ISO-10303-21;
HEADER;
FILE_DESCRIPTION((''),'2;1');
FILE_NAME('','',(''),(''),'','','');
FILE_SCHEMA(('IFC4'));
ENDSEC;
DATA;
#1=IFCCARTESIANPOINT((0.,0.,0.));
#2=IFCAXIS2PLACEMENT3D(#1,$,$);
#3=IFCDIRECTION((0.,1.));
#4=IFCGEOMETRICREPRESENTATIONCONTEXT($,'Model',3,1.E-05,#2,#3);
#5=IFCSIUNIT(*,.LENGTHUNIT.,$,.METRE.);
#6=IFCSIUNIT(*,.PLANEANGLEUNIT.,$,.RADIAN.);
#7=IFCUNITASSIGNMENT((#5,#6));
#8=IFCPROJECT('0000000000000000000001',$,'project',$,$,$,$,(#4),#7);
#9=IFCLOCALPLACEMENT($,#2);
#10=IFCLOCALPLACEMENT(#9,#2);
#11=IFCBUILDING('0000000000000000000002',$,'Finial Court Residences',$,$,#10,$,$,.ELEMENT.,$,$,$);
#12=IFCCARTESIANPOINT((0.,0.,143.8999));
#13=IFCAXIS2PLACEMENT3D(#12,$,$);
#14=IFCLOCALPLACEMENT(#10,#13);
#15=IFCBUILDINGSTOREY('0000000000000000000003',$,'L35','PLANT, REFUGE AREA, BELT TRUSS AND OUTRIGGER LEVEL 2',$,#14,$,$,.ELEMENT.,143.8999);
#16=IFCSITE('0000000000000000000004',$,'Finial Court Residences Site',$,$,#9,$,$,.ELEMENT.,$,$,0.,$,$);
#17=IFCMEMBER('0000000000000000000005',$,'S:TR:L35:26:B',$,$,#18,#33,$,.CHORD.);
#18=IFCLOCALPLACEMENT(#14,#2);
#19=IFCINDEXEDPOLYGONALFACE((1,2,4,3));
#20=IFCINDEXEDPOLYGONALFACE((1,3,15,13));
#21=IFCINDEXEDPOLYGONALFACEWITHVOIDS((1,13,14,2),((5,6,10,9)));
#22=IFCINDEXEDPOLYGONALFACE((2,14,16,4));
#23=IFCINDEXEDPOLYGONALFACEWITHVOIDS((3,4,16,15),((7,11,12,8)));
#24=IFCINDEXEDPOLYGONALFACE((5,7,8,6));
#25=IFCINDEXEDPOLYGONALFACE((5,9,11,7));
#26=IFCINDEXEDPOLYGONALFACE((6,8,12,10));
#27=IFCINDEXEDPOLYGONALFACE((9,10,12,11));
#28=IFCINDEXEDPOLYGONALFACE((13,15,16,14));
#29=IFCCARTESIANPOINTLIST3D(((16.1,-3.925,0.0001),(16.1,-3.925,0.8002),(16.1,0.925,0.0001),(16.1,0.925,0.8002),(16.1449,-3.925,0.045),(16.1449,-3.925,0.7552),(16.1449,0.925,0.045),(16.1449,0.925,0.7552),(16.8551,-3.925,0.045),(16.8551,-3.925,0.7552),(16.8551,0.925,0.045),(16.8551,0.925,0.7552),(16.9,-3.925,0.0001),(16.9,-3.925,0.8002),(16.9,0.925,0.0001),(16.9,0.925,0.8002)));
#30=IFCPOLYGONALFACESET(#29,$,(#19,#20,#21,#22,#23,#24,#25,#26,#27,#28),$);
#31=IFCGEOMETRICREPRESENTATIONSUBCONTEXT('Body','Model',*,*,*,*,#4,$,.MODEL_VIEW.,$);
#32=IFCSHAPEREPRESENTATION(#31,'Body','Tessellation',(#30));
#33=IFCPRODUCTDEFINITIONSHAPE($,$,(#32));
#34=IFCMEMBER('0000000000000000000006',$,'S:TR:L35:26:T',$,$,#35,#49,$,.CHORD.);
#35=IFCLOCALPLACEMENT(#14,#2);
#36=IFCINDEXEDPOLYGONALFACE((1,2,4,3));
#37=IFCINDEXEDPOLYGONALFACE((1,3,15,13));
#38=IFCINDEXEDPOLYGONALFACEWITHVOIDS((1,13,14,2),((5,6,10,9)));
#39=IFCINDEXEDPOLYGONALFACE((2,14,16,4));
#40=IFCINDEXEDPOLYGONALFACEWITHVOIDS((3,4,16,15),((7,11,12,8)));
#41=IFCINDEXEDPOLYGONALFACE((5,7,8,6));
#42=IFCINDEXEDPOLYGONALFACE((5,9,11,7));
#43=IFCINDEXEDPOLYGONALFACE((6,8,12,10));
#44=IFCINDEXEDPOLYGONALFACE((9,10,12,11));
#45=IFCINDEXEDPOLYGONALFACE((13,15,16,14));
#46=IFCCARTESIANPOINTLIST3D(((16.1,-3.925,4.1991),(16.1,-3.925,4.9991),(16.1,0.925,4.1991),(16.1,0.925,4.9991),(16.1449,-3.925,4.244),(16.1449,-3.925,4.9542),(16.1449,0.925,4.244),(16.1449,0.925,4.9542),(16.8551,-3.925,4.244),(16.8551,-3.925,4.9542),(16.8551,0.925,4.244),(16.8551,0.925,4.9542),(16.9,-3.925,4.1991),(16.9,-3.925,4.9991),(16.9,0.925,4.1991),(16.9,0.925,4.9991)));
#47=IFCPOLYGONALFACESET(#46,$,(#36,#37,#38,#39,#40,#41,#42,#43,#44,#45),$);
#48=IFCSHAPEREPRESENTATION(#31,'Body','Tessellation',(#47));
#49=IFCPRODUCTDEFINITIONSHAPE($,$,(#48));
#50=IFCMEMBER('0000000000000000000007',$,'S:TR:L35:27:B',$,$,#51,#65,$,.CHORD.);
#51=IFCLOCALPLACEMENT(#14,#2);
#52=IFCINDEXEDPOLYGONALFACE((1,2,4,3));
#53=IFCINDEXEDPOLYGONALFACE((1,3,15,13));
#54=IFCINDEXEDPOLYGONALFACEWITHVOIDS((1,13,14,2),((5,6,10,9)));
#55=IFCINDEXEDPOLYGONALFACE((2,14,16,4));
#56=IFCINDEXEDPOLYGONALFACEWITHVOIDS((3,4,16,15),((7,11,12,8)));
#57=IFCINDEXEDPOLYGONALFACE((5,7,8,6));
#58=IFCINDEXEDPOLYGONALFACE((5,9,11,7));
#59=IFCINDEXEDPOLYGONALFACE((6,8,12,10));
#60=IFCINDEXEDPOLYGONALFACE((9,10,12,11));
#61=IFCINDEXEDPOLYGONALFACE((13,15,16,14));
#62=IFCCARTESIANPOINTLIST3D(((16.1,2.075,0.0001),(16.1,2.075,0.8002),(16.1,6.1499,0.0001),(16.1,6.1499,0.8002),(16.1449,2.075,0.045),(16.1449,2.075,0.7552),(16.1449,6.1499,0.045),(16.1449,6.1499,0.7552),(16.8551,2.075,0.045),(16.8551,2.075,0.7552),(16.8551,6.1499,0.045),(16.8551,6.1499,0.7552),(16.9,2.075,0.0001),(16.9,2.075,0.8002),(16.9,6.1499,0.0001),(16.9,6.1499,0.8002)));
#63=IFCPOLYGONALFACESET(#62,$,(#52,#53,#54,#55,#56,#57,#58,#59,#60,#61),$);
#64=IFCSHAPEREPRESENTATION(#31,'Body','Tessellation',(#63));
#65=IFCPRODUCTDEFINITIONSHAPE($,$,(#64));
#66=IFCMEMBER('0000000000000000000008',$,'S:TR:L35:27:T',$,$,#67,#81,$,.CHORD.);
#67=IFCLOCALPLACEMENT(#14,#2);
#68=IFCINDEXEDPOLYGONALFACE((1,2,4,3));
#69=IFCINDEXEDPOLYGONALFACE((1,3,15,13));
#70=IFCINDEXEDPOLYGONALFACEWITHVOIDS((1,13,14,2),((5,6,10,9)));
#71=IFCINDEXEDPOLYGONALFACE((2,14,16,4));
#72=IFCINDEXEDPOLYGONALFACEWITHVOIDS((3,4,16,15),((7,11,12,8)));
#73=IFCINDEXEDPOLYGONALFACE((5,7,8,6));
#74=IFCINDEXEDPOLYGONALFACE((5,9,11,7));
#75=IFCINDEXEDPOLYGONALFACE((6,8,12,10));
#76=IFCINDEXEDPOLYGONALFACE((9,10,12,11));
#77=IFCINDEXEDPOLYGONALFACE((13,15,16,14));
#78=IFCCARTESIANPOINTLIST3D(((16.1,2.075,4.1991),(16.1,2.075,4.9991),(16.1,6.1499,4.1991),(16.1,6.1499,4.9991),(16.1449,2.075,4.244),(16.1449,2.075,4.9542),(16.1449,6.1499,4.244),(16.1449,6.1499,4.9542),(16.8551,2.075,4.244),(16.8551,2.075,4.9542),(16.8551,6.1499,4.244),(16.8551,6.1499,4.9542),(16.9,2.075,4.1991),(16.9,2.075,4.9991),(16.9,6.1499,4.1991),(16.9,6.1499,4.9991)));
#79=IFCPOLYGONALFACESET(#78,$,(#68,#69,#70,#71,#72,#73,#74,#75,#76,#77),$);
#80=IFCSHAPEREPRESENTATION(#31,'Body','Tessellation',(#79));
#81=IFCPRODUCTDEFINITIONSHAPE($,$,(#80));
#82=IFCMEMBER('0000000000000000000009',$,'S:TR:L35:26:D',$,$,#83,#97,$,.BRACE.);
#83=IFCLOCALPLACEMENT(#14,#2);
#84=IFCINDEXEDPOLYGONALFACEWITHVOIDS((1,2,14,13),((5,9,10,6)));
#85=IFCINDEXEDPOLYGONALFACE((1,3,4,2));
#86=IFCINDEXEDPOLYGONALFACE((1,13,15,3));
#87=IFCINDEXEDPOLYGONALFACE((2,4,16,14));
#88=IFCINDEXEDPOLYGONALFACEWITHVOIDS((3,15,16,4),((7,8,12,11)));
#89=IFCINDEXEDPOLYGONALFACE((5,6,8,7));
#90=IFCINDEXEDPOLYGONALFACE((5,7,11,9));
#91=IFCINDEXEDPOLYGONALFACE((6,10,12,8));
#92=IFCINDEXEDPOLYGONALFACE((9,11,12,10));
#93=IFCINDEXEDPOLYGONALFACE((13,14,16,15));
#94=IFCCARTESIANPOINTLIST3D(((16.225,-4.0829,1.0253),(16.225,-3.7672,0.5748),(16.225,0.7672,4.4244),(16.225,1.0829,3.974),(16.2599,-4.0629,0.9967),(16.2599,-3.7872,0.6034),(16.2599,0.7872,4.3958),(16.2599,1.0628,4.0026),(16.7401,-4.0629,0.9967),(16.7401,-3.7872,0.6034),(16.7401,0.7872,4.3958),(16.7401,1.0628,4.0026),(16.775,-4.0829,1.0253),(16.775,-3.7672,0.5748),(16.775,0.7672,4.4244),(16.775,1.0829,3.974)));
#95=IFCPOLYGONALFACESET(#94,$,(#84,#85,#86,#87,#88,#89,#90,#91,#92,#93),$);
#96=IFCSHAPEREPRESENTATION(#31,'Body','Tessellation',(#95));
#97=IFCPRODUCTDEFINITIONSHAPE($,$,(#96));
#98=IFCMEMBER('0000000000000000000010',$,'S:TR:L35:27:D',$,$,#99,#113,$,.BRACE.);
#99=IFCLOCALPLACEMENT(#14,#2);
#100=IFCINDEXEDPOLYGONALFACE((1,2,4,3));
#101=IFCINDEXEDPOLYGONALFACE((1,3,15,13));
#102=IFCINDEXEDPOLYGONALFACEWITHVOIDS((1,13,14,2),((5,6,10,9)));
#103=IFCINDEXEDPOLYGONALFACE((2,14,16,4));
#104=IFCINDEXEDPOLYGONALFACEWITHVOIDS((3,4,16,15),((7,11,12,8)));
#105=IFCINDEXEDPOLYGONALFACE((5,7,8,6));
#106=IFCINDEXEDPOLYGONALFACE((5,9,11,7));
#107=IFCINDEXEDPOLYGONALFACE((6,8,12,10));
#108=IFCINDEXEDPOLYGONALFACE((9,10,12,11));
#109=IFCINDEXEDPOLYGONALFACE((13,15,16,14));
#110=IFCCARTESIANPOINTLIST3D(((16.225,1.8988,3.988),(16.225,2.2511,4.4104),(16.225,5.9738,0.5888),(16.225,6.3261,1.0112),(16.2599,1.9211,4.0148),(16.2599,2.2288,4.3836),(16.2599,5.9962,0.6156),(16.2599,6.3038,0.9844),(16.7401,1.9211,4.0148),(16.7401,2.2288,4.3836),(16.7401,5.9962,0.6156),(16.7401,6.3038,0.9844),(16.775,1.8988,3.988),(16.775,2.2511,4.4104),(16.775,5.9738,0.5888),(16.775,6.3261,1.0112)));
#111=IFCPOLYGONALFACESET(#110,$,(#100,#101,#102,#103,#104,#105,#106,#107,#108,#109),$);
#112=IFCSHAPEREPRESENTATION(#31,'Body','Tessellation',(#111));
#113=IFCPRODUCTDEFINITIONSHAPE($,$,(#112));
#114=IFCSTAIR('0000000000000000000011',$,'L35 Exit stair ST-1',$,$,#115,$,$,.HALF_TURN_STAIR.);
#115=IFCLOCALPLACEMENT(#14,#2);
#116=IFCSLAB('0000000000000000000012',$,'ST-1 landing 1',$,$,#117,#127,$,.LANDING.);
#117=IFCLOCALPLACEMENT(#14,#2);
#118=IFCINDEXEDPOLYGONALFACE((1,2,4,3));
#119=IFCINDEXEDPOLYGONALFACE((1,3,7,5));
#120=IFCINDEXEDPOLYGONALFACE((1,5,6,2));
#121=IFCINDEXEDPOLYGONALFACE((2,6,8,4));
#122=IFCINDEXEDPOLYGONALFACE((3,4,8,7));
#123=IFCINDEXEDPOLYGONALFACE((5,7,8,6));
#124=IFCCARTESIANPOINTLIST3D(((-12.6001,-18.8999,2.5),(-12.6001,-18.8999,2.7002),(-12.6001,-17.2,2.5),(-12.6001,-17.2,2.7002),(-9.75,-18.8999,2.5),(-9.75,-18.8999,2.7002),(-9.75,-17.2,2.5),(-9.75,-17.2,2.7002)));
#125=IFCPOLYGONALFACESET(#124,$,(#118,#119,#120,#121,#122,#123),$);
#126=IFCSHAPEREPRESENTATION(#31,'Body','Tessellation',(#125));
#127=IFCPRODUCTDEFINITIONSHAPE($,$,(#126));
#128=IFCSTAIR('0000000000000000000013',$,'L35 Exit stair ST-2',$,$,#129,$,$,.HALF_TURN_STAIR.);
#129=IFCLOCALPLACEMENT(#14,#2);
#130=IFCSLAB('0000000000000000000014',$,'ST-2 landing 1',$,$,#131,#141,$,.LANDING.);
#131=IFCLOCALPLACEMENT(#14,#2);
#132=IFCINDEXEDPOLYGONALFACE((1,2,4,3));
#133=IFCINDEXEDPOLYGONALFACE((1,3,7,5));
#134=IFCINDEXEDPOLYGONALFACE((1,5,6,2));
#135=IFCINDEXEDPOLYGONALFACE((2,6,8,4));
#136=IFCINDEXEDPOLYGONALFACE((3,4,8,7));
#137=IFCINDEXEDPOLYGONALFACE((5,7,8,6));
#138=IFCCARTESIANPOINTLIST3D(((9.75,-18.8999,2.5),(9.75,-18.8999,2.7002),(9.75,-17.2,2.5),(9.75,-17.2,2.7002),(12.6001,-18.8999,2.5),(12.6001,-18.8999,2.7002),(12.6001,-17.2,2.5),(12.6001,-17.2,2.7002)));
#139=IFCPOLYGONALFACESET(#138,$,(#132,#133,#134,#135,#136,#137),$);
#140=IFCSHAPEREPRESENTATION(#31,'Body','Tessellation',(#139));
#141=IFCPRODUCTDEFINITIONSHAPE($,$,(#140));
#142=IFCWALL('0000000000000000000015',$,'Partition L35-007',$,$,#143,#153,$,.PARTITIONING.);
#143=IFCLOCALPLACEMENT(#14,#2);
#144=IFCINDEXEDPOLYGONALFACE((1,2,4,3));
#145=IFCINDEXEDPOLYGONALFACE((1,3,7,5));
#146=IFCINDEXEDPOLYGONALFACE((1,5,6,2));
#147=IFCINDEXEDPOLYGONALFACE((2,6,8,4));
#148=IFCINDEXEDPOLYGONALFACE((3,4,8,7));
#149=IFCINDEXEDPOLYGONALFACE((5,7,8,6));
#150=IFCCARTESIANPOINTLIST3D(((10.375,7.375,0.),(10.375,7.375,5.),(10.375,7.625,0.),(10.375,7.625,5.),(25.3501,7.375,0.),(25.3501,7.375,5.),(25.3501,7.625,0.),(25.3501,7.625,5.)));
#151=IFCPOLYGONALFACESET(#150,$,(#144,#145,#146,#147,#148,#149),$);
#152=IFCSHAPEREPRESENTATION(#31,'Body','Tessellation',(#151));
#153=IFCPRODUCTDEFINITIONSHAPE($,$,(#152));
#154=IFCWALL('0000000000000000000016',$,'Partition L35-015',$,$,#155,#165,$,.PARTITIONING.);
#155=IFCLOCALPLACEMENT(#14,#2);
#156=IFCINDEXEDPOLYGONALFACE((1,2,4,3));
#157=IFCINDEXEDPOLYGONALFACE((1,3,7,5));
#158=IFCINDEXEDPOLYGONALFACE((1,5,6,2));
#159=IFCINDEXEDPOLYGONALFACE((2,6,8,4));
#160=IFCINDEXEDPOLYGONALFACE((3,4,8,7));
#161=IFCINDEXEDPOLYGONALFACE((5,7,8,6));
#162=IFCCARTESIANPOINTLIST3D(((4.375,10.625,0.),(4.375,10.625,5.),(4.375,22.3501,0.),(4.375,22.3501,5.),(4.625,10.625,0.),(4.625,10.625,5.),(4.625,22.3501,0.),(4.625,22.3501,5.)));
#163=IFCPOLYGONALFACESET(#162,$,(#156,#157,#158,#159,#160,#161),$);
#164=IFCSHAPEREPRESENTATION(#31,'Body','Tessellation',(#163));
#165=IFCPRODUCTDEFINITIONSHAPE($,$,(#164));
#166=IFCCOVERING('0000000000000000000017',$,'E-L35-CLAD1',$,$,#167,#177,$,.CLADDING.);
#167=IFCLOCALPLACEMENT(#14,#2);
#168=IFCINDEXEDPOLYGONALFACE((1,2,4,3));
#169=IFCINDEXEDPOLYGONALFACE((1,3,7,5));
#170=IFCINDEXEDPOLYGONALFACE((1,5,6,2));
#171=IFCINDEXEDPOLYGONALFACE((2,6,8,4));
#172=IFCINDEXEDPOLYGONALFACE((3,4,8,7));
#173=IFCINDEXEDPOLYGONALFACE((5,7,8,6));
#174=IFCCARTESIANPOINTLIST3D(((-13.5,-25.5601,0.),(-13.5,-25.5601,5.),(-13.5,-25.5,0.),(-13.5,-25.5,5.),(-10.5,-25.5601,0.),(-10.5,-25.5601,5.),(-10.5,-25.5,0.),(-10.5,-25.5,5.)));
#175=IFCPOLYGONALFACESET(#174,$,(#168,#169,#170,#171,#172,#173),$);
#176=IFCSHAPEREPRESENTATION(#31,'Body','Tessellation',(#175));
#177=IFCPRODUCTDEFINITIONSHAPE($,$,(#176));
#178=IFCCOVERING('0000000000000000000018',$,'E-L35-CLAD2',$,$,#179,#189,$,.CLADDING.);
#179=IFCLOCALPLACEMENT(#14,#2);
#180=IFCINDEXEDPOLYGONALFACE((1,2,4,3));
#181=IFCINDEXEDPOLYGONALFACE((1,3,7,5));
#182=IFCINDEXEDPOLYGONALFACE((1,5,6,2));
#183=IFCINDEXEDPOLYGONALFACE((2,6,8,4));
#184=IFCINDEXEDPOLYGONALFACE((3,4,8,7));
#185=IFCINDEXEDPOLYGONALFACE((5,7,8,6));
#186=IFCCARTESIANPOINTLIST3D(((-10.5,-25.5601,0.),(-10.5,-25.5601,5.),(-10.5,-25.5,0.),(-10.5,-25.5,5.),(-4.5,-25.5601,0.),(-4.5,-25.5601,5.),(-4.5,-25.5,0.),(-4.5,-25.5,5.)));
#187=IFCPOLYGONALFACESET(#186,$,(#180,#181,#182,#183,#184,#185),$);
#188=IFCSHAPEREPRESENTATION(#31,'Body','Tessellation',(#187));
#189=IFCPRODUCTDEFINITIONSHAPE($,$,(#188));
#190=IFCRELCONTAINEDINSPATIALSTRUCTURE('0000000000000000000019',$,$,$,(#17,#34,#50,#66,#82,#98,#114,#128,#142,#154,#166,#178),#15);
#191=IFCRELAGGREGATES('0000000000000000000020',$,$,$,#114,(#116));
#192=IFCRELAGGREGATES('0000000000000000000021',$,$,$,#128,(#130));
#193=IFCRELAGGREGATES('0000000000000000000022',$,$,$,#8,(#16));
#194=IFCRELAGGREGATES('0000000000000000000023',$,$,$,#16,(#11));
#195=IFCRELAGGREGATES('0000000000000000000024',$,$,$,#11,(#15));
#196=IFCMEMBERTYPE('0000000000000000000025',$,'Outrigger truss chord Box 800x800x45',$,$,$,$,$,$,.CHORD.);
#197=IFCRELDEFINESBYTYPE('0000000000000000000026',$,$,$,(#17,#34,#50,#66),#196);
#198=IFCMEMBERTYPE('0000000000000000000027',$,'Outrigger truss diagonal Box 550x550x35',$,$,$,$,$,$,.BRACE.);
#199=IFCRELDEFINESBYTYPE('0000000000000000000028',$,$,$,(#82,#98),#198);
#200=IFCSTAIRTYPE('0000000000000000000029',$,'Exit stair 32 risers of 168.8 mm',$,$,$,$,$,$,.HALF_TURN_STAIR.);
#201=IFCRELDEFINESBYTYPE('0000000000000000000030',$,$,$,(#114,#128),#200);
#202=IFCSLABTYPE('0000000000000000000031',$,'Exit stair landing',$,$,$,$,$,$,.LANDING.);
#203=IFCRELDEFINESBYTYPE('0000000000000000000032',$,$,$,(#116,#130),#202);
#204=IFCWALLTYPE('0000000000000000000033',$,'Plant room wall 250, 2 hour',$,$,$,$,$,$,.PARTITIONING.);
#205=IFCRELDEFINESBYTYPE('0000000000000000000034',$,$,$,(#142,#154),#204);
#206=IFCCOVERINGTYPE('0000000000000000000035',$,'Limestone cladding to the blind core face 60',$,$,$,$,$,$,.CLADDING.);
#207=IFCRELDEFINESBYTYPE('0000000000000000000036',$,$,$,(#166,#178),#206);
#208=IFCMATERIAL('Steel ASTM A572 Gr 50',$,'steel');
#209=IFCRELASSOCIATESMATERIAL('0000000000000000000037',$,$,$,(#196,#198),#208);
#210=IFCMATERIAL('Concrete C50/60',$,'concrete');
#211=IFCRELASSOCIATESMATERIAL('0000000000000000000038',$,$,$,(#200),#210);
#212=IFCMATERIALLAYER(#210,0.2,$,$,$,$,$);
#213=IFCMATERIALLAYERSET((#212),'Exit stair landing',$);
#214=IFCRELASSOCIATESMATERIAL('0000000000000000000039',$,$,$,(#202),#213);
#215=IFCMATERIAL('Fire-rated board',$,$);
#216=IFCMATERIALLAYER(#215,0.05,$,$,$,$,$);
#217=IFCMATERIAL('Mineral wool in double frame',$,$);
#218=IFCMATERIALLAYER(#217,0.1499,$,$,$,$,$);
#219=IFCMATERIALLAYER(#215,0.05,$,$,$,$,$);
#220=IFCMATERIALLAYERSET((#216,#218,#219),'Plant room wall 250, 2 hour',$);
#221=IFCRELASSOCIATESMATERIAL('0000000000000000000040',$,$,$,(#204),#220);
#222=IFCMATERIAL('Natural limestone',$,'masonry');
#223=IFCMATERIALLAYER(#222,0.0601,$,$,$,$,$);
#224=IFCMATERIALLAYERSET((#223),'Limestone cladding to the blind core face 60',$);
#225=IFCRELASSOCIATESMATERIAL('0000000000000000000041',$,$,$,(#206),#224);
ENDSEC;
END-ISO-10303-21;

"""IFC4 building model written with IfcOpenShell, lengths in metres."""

from ifc_helpers import new_model, si_unit, direction, frame, frame_2d, origin, origin_2d, place, context, subcontext, project, spatial, polyline, rectangle, hollow_rectangle, outline, extrude, material, layer, layer_set, material_profile, profile_set, type_object, element, aggregate, save


model = new_model("IFC4")

# Units and contexts
model_context = context("Model", 3, precision=1e-05, world=origin(), true_north=direction((0.0, 1.0)))
body_context = subcontext(model_context, "Body", "Model", "MODEL_VIEW")
ifc_project = project(units=[si_unit("LENGTHUNIT", "METRE"), si_unit("PLANEANGLEUNIT", "RADIAN")], contexts=[model_context])

# Site, building, storey
site_placement = place(None, origin())
site = spatial("IfcSite", under=ifc_project, at=site_placement, Name="Finial Court Residences Site", CompositionType="ELEMENT", RefElevation=0.0)
building_placement = place(site_placement, origin())
building = spatial("IfcBuilding", under=site, at=building_placement, Name="Finial Court Residences", CompositionType="ELEMENT")
storey_placement = place(building_placement, frame((0.0, 0.0, 143.8999)))
storey = spatial("IfcBuildingStorey", under=building, at=storey_placement, Name="L35", Description="PLANT, REFUGE AREA, BELT TRUSS AND OUTRIGGER LEVEL 2", CompositionType="ELEMENT", Elevation=143.8999)

# Members
ifc_material_1 = material(Name="Steel ASTM A572 Gr 50", Category="steel")
ifc_material_profile_1 = material_profile(ifc_material_1, hollow_rectangle(XDim=0.8, YDim=0.8, WallThickness=0.0449, at=origin_2d()), Name="Box 800x800x45")
ifc_profile_set_1 = profile_set([ifc_material_profile_1], Name="Steel ASTM A572 Gr 50")
member_type_1 = type_object("IfcMemberType", Name="Outrigger truss chord Box 800x800x45", PredefinedType="CHORD", material=ifc_profile_set_1)
for number, where, z_axis, x_axis, name in (
    (1, (16.5, -3.925, 0.4001), (0.0, 1.0, 0.0), (-1.0, 0.0, 0.0), "S:TR:L35:26:B"),
    (2, (16.5, -3.925, 4.5991), (0.0, 1.0, 0.0), (-1.0, 0.0, 0.0), "S:TR:L35:26:T"),
):
    element("IfcMember", number, at=place(storey_placement, frame(where, z_axis=z_axis, x_axis=x_axis)), inside=storey, type_object=member_type_1, Name=name, PredefinedType="CHORD", context=body_context, shape_type="SweptSolid", body=[
        extrude(hollow_rectangle(XDim=0.8, YDim=0.8, WallThickness=0.0449, at=origin_2d()), origin(), (0.0, 0.0, 1.0), 4.8501),
    ])
for number, where, z_axis, x_axis, name in (
    (3, (16.5, 2.075, 0.4001), (0.0, 1.0, 0.0), (-1.0, 0.0, 0.0), "S:TR:L35:27:B"),
    (4, (16.5, 2.075, 4.5991), (0.0, 1.0, 0.0), (-1.0, 0.0, 0.0), "S:TR:L35:27:T"),
):
    element("IfcMember", number, at=place(storey_placement, frame(where, z_axis=z_axis, x_axis=x_axis)), inside=storey, type_object=member_type_1, Name=name, PredefinedType="CHORD", context=body_context, shape_type="SweptSolid", body=[
        extrude(hollow_rectangle(XDim=0.8, YDim=0.8, WallThickness=0.0449, at=origin_2d()), origin(), (0.0, 0.0, 1.0), 4.075),
    ])
ifc_material_profile_2 = material_profile(ifc_material_1, hollow_rectangle(XDim=0.55, YDim=0.55, WallThickness=0.0349, at=origin_2d()), Name="Box 550x550x35")
ifc_profile_set_2 = profile_set([ifc_material_profile_2], Name="Steel ASTM A572 Gr 50")
member_type_2 = type_object("IfcMemberType", Name="Outrigger truss diagonal Box 550x550x35", PredefinedType="BRACE", material=ifc_profile_set_2)
member_1_placement = place(storey_placement, frame((16.5, -3.925, 0.8), z_axis=(0.0, 0.818906, 0.573927), x_axis=(-1.0, 0.0, 0.0)))
element("IfcMember", 5, at=member_1_placement, inside=storey, type_object=member_type_2, Name="S:TR:L35:26:D", PredefinedType="BRACE", context=body_context, shape_type="SweptSolid", body=[
    extrude(hollow_rectangle(XDim=0.55, YDim=0.55, WallThickness=0.0349, at=origin_2d()), origin(), (0.0, 0.0, 1.0), 5.9226),
])
member_2_placement = place(storey_placement, frame((16.5, 2.075, 4.1992), z_axis=(0.0, 0.767908, -0.64056), x_axis=(-1.0, 0.0, 0.0)))
element("IfcMember", 6, at=member_2_placement, inside=storey, type_object=member_type_2, Name="S:TR:L35:27:D", PredefinedType="BRACE", context=body_context, shape_type="SweptSolid", body=[
    extrude(hollow_rectangle(XDim=0.55, YDim=0.55, WallThickness=0.0349, at=origin_2d()), origin(), (0.0, 0.0, 1.0), 5.3066),
])

# Stairs, slabs
ifc_material_2 = material(Name="Concrete C50/60", Category="concrete")
stair_type = type_object("IfcStairType", Name="Exit stair 32 risers of 168.8 mm", PredefinedType="HALF_TURN_STAIR", material=ifc_material_2)
stair_1_placement = place(storey_placement, origin())
stair_1 = element("IfcStair", 7, at=stair_1_placement, inside=storey, type_object=stair_type, Name="L35 Exit stair ST-1", PredefinedType="HALF_TURN_STAIR")
ifc_layer_1 = layer(ifc_material_2, 0.2)
ifc_layer_set_1 = layer_set([ifc_layer_1], Name="Exit stair landing")
slab_type = type_object("IfcSlabType", Name="Exit stair landing", PredefinedType="LANDING", material=ifc_layer_set_1)
slab_1_placement = place(storey_placement, frame((0.0, 0.0, 2.5)))
slab_1 = element("IfcSlab", 8, at=slab_1_placement, type_object=slab_type, Name="ST-1 landing 1", PredefinedType="LANDING", context=body_context, shape_type="SweptSolid", body=[
    extrude(outline(polyline([(-9.75, -18.8999), (-9.75, -17.2), (-12.6001, -17.2), (-12.6001, -18.8999), (-9.75, -18.8999)])), origin(), (0.0, 0.0, 1.0), 0.2002),
])
aggregate(stair_1, [slab_1])
stair_2_placement = place(storey_placement, origin())
stair_2 = element("IfcStair", 9, at=stair_2_placement, inside=storey, type_object=stair_type, Name="L35 Exit stair ST-2", PredefinedType="HALF_TURN_STAIR")
slab_2_placement = place(storey_placement, frame((0.0, 0.0, 2.5)))
slab_2 = element("IfcSlab", 10, at=slab_2_placement, type_object=slab_type, Name="ST-2 landing 1", PredefinedType="LANDING", context=body_context, shape_type="SweptSolid", body=[
    extrude(outline(polyline([(12.6001, -18.8999), (12.6001, -17.2), (9.75, -17.2), (9.75, -18.8999), (12.6001, -18.8999)])), origin(), (0.0, 0.0, 1.0), 0.2002),
])
aggregate(stair_2, [slab_2])

# Walls
ifc_material_3 = material(Name="Fire-rated board")
ifc_layer_2 = layer(ifc_material_3, 0.05)
ifc_material_4 = material(Name="Mineral wool in double frame")
ifc_layer_3 = layer(ifc_material_4, 0.1499)
ifc_layer_4 = layer(ifc_material_3, 0.05)
ifc_layer_set_2 = layer_set([ifc_layer_2, ifc_layer_3, ifc_layer_4], Name="Plant room wall 250, 2 hour")
wall_type = type_object("IfcWallType", Name="Plant room wall 250, 2 hour", PredefinedType="PARTITIONING", material=ifc_layer_set_2)
wall_1_placement = place(storey_placement, frame((10.375, 7.5, 0.0), z_axis=(0.0, 0.0, 1.0), x_axis=(1.0, 0.0, 0.0)))
element("IfcWall", 11, at=wall_1_placement, inside=storey, type_object=wall_type, Name="Partition L35-007", PredefinedType="PARTITIONING", context=body_context, shape_type="SweptSolid", body=[
    extrude(rectangle(XDim=14.9751, YDim=0.25, at=frame_2d((7.4875, 0.0))), origin(), (0.0, 0.0, 1.0), 5.0),
])
wall_2_placement = place(storey_placement, frame((4.5, 10.625, 0.0), z_axis=(0.0, 0.0, 1.0), x_axis=(0.0, 1.0, 0.0)))
element("IfcWall", 12, at=wall_2_placement, inside=storey, type_object=wall_type, Name="Partition L35-015", PredefinedType="PARTITIONING", context=body_context, shape_type="SweptSolid", body=[
    extrude(rectangle(XDim=11.7251, YDim=0.25, at=frame_2d((5.8625, 0.0))), origin(), (0.0, 0.0, 1.0), 5.0),
])

# Coverings
ifc_material_5 = material(Name="Natural limestone", Category="masonry")
ifc_layer_5 = layer(ifc_material_5, 0.0601)
ifc_layer_set_3 = layer_set([ifc_layer_5], Name="Limestone cladding to the blind core face 60")
covering_type_1 = type_object("IfcCoveringType", Name="Limestone cladding to the blind core face 60", PredefinedType="CLADDING", material=ifc_layer_set_3)
covering_1_placement = place(storey_placement, origin())
element("IfcCovering", 13, at=covering_1_placement, inside=storey, type_object=covering_type_1, Name="E-L35-CLAD1", PredefinedType="CLADDING", context=body_context, shape_type="SweptSolid", body=[
    extrude(outline(polyline([(-10.5, -25.5601), (-10.5, -25.5), (-13.5, -25.5), (-13.5, -25.5601), (-10.5, -25.5601)])), origin(), (0.0, 0.0, 1.0), 5.0),
])
covering_2_placement = place(storey_placement, origin())
element("IfcCovering", 14, at=covering_2_placement, inside=storey, type_object=covering_type_1, Name="E-L35-CLAD2", PredefinedType="CLADDING", context=body_context, shape_type="SweptSolid", body=[
    extrude(outline(polyline([(-4.5, -25.5601), (-4.5, -25.5), (-10.5, -25.5), (-10.5, -25.5601), (-4.5, -25.5601)])), origin(), (0.0, 0.0, 1.0), 5.0),
])

save(model, "model.ifc")
